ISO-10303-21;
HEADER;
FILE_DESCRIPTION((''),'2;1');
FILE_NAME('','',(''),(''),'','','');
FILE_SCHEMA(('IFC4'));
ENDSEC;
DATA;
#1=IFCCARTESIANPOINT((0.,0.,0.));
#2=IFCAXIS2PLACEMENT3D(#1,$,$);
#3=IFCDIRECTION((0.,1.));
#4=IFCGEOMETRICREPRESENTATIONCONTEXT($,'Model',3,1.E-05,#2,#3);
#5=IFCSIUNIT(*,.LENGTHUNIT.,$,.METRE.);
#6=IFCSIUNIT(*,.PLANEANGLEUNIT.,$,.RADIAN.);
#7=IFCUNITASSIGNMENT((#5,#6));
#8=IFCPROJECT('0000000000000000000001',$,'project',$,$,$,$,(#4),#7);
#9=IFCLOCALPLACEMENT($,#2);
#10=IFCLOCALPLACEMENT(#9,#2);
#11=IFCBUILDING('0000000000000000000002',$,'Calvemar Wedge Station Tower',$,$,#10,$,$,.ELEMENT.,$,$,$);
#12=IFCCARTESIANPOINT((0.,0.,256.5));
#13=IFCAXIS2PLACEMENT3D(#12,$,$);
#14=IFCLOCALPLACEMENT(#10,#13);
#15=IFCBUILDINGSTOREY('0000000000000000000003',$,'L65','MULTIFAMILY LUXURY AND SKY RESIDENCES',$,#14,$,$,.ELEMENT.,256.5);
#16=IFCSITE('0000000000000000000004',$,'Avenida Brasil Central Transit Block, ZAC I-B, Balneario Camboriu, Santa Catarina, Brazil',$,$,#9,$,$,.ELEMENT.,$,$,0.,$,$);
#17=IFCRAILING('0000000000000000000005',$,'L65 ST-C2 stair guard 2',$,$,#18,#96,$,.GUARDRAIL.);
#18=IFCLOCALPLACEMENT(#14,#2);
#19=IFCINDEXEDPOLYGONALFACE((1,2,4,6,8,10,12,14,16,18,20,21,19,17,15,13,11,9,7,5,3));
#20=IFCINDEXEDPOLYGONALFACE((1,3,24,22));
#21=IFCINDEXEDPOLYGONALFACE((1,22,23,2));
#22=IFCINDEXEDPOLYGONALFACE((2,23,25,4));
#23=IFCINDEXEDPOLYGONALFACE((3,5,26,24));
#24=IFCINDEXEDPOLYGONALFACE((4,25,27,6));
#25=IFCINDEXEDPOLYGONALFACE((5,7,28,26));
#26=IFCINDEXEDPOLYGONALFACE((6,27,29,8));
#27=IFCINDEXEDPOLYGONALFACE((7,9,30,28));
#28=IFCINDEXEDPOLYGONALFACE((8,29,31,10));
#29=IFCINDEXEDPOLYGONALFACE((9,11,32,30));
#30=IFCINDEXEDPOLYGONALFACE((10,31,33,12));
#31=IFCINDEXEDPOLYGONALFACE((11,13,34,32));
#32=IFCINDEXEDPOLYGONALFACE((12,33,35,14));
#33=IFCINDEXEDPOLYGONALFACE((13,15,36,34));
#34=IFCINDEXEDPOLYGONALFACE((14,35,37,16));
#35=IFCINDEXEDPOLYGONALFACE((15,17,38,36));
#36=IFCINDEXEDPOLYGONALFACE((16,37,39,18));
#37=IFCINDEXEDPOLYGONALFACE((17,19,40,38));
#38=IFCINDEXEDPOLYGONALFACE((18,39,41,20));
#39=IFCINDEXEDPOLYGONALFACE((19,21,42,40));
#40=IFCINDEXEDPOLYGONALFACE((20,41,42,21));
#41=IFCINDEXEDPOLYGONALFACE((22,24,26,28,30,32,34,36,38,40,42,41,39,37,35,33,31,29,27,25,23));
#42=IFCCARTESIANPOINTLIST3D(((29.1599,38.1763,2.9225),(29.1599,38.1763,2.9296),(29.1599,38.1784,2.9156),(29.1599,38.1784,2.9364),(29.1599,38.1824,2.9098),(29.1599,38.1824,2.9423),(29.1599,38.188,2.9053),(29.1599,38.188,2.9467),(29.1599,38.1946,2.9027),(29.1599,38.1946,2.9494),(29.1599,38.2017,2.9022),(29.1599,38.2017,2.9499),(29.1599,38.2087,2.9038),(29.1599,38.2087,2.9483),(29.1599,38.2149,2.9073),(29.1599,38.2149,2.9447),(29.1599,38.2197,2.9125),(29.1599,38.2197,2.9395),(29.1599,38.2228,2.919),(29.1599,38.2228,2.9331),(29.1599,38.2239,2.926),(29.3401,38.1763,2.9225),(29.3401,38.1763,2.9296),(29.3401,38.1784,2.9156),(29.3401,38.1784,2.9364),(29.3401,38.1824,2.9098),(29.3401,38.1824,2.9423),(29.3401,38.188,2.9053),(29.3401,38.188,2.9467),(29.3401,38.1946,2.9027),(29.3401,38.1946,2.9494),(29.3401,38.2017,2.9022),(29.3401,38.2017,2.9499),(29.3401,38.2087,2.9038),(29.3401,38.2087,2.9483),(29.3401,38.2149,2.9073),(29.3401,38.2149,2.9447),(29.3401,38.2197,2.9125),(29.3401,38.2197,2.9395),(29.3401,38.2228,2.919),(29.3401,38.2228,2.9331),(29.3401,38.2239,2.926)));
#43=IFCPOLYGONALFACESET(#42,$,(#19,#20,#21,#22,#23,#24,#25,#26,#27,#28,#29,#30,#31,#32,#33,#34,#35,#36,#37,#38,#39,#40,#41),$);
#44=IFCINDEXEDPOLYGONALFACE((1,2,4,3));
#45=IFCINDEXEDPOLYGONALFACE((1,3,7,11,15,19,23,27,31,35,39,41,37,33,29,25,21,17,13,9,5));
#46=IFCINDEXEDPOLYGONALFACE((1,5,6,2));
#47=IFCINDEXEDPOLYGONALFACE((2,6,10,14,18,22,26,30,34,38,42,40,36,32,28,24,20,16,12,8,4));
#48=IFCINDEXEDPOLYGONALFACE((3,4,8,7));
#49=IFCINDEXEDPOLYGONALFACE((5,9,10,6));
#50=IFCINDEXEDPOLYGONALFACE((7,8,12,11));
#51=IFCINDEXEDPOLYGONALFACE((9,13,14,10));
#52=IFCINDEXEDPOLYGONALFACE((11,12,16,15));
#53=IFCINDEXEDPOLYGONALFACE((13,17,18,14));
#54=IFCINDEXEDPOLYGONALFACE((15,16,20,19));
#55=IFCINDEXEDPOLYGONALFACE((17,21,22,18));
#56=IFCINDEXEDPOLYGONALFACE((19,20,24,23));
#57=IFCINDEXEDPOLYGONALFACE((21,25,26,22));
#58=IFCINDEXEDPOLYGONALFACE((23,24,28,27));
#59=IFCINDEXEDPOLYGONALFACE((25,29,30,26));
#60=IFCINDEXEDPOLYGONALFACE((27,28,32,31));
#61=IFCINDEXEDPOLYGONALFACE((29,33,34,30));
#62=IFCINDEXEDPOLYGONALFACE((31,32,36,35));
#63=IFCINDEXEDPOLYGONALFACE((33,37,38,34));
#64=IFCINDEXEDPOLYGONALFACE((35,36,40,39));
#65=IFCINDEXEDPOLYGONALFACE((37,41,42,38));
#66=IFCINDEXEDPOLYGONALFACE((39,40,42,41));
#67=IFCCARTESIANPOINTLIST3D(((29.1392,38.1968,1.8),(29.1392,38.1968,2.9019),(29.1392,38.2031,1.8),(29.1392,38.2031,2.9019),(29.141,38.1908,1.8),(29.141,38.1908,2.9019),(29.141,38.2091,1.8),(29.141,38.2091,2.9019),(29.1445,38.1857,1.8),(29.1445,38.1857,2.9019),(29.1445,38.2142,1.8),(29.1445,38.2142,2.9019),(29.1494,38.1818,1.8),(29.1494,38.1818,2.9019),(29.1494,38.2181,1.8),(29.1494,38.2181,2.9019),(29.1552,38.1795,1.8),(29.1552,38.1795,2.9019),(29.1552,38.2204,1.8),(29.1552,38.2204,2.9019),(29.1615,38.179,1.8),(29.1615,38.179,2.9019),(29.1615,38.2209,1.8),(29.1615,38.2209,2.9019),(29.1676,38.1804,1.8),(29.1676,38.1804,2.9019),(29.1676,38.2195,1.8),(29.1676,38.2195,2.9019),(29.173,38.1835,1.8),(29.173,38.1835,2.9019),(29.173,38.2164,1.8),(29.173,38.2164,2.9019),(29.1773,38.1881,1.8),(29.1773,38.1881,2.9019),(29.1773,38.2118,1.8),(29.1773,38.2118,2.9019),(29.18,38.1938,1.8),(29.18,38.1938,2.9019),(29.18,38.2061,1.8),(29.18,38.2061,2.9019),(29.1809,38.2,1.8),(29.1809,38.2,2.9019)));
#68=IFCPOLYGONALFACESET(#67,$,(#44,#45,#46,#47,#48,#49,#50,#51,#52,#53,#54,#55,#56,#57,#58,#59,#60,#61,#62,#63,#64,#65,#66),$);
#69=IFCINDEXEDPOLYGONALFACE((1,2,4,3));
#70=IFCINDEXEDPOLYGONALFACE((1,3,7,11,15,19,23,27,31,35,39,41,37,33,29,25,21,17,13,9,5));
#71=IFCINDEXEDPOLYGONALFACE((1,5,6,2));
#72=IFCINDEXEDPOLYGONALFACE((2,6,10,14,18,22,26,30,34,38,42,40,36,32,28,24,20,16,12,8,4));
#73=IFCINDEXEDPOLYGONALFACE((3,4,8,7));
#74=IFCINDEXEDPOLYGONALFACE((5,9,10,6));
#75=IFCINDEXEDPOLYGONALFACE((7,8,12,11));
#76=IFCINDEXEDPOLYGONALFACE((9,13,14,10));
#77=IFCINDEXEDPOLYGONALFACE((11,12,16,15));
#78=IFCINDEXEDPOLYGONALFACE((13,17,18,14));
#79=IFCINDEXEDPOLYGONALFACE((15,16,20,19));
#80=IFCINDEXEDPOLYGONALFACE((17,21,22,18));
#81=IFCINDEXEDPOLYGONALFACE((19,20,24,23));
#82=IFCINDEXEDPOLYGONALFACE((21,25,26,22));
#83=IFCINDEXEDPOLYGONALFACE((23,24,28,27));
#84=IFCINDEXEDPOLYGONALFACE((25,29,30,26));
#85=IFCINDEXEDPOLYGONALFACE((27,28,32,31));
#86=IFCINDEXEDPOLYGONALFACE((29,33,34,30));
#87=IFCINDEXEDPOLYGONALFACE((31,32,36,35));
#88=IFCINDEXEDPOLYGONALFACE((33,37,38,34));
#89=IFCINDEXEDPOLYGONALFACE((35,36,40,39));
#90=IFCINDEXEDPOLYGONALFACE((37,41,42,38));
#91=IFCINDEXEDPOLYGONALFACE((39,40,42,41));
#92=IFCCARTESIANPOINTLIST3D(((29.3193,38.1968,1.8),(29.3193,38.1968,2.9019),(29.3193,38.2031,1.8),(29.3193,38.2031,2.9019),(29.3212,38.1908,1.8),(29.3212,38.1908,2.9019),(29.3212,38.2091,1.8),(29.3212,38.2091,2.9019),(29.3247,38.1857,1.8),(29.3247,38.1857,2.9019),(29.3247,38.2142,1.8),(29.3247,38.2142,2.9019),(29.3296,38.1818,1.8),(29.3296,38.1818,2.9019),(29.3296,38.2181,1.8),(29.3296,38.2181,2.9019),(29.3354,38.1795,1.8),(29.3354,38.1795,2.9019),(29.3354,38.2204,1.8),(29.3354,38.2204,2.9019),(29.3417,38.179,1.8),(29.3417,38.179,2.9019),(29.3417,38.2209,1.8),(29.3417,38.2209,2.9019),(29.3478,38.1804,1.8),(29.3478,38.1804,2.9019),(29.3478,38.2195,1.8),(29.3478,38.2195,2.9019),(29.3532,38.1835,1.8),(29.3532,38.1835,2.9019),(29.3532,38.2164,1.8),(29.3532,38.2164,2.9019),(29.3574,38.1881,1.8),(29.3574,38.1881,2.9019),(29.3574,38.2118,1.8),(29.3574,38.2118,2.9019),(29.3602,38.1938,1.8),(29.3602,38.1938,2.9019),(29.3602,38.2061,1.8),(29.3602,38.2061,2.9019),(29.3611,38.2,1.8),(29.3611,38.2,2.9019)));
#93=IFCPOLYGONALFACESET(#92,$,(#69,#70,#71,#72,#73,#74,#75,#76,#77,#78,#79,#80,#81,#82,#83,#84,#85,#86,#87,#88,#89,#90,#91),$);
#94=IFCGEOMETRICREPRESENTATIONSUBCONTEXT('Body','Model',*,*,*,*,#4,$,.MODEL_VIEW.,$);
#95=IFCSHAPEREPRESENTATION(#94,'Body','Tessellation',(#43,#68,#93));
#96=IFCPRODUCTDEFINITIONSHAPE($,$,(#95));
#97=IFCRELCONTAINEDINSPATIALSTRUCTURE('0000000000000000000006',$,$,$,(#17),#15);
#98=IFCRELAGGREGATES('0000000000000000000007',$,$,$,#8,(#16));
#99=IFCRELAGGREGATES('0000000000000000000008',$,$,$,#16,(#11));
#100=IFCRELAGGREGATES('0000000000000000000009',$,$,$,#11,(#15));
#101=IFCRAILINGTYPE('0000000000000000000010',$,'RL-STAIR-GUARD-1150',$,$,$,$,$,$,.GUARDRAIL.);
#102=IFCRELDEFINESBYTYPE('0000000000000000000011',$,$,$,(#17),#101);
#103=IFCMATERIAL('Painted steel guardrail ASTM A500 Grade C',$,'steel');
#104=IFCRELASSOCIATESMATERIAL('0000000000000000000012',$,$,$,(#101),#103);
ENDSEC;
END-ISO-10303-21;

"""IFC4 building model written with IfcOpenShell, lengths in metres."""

from ifc_helpers import new_model, si_unit, direction, frame, origin, origin_2d, place, context, subcontext, project, spatial, circle, extrude, material, type_object, element, save


model = new_model("IFC4")

# Units and contexts
model_context = context("Model", 3, precision=1e-05, world=origin(), true_north=direction((0.0, 1.0)))
body_context = subcontext(model_context, "Body", "Model", "MODEL_VIEW")
ifc_project = project(units=[si_unit("LENGTHUNIT", "METRE"), si_unit("PLANEANGLEUNIT", "RADIAN")], contexts=[model_context])

# Site, building, storey
site_placement = place(None, origin())
site = spatial("IfcSite", under=ifc_project, at=site_placement, Name="Avenida Brasil Central Transit Block, ZAC I-B, Balneario Camboriu, Santa Catarina, Brazil", CompositionType="ELEMENT", RefElevation=0.0)
building_placement = place(site_placement, origin())
building = spatial("IfcBuilding", under=site, at=building_placement, Name="Calvemar Wedge Station Tower", CompositionType="ELEMENT")
storey_placement = place(building_placement, frame((0.0, 0.0, 256.5)))
storey = spatial("IfcBuildingStorey", under=building, at=storey_placement, Name="L65", Description="MULTIFAMILY LUXURY AND SKY RESIDENCES", CompositionType="ELEMENT", Elevation=256.5)

# Railing
ifc_material_1 = material(Name="Painted steel guardrail ASTM A500 Grade C", Category="steel")
railing_type = type_object("IfcRailingType", Name="RL-STAIR-GUARD-1150", PredefinedType="GUARDRAIL", material=ifc_material_1)
railing_placement = place(storey_placement, frame((29.1599, 38.2, 1.8)))
element("IfcRailing", 1, at=railing_placement, inside=storey, type_object=railing_type, Name="L65 ST-C2 stair guard 2", PredefinedType="GUARDRAIL", context=body_context, shape_type="SweptSolid", body=[
    extrude(circle(Radius=0.0239, at=origin_2d()), frame((0.0, 0.0, 1.126), z_axis=(1.0, 0.0, 0.0), x_axis=(0.0, 1.0, 0.0)), (0.0, 0.0, 1.0), 0.1802),
    extrude(circle(Radius=0.021, at=origin_2d()), origin(), (0.0, 0.0, 1.0), 1.1018),
    extrude(circle(Radius=0.021, at=origin_2d()), frame((0.1802, 0.0, 0.0)), (0.0, 0.0, 1.0), 1.1018),
])

save(model, "model.ifc")
